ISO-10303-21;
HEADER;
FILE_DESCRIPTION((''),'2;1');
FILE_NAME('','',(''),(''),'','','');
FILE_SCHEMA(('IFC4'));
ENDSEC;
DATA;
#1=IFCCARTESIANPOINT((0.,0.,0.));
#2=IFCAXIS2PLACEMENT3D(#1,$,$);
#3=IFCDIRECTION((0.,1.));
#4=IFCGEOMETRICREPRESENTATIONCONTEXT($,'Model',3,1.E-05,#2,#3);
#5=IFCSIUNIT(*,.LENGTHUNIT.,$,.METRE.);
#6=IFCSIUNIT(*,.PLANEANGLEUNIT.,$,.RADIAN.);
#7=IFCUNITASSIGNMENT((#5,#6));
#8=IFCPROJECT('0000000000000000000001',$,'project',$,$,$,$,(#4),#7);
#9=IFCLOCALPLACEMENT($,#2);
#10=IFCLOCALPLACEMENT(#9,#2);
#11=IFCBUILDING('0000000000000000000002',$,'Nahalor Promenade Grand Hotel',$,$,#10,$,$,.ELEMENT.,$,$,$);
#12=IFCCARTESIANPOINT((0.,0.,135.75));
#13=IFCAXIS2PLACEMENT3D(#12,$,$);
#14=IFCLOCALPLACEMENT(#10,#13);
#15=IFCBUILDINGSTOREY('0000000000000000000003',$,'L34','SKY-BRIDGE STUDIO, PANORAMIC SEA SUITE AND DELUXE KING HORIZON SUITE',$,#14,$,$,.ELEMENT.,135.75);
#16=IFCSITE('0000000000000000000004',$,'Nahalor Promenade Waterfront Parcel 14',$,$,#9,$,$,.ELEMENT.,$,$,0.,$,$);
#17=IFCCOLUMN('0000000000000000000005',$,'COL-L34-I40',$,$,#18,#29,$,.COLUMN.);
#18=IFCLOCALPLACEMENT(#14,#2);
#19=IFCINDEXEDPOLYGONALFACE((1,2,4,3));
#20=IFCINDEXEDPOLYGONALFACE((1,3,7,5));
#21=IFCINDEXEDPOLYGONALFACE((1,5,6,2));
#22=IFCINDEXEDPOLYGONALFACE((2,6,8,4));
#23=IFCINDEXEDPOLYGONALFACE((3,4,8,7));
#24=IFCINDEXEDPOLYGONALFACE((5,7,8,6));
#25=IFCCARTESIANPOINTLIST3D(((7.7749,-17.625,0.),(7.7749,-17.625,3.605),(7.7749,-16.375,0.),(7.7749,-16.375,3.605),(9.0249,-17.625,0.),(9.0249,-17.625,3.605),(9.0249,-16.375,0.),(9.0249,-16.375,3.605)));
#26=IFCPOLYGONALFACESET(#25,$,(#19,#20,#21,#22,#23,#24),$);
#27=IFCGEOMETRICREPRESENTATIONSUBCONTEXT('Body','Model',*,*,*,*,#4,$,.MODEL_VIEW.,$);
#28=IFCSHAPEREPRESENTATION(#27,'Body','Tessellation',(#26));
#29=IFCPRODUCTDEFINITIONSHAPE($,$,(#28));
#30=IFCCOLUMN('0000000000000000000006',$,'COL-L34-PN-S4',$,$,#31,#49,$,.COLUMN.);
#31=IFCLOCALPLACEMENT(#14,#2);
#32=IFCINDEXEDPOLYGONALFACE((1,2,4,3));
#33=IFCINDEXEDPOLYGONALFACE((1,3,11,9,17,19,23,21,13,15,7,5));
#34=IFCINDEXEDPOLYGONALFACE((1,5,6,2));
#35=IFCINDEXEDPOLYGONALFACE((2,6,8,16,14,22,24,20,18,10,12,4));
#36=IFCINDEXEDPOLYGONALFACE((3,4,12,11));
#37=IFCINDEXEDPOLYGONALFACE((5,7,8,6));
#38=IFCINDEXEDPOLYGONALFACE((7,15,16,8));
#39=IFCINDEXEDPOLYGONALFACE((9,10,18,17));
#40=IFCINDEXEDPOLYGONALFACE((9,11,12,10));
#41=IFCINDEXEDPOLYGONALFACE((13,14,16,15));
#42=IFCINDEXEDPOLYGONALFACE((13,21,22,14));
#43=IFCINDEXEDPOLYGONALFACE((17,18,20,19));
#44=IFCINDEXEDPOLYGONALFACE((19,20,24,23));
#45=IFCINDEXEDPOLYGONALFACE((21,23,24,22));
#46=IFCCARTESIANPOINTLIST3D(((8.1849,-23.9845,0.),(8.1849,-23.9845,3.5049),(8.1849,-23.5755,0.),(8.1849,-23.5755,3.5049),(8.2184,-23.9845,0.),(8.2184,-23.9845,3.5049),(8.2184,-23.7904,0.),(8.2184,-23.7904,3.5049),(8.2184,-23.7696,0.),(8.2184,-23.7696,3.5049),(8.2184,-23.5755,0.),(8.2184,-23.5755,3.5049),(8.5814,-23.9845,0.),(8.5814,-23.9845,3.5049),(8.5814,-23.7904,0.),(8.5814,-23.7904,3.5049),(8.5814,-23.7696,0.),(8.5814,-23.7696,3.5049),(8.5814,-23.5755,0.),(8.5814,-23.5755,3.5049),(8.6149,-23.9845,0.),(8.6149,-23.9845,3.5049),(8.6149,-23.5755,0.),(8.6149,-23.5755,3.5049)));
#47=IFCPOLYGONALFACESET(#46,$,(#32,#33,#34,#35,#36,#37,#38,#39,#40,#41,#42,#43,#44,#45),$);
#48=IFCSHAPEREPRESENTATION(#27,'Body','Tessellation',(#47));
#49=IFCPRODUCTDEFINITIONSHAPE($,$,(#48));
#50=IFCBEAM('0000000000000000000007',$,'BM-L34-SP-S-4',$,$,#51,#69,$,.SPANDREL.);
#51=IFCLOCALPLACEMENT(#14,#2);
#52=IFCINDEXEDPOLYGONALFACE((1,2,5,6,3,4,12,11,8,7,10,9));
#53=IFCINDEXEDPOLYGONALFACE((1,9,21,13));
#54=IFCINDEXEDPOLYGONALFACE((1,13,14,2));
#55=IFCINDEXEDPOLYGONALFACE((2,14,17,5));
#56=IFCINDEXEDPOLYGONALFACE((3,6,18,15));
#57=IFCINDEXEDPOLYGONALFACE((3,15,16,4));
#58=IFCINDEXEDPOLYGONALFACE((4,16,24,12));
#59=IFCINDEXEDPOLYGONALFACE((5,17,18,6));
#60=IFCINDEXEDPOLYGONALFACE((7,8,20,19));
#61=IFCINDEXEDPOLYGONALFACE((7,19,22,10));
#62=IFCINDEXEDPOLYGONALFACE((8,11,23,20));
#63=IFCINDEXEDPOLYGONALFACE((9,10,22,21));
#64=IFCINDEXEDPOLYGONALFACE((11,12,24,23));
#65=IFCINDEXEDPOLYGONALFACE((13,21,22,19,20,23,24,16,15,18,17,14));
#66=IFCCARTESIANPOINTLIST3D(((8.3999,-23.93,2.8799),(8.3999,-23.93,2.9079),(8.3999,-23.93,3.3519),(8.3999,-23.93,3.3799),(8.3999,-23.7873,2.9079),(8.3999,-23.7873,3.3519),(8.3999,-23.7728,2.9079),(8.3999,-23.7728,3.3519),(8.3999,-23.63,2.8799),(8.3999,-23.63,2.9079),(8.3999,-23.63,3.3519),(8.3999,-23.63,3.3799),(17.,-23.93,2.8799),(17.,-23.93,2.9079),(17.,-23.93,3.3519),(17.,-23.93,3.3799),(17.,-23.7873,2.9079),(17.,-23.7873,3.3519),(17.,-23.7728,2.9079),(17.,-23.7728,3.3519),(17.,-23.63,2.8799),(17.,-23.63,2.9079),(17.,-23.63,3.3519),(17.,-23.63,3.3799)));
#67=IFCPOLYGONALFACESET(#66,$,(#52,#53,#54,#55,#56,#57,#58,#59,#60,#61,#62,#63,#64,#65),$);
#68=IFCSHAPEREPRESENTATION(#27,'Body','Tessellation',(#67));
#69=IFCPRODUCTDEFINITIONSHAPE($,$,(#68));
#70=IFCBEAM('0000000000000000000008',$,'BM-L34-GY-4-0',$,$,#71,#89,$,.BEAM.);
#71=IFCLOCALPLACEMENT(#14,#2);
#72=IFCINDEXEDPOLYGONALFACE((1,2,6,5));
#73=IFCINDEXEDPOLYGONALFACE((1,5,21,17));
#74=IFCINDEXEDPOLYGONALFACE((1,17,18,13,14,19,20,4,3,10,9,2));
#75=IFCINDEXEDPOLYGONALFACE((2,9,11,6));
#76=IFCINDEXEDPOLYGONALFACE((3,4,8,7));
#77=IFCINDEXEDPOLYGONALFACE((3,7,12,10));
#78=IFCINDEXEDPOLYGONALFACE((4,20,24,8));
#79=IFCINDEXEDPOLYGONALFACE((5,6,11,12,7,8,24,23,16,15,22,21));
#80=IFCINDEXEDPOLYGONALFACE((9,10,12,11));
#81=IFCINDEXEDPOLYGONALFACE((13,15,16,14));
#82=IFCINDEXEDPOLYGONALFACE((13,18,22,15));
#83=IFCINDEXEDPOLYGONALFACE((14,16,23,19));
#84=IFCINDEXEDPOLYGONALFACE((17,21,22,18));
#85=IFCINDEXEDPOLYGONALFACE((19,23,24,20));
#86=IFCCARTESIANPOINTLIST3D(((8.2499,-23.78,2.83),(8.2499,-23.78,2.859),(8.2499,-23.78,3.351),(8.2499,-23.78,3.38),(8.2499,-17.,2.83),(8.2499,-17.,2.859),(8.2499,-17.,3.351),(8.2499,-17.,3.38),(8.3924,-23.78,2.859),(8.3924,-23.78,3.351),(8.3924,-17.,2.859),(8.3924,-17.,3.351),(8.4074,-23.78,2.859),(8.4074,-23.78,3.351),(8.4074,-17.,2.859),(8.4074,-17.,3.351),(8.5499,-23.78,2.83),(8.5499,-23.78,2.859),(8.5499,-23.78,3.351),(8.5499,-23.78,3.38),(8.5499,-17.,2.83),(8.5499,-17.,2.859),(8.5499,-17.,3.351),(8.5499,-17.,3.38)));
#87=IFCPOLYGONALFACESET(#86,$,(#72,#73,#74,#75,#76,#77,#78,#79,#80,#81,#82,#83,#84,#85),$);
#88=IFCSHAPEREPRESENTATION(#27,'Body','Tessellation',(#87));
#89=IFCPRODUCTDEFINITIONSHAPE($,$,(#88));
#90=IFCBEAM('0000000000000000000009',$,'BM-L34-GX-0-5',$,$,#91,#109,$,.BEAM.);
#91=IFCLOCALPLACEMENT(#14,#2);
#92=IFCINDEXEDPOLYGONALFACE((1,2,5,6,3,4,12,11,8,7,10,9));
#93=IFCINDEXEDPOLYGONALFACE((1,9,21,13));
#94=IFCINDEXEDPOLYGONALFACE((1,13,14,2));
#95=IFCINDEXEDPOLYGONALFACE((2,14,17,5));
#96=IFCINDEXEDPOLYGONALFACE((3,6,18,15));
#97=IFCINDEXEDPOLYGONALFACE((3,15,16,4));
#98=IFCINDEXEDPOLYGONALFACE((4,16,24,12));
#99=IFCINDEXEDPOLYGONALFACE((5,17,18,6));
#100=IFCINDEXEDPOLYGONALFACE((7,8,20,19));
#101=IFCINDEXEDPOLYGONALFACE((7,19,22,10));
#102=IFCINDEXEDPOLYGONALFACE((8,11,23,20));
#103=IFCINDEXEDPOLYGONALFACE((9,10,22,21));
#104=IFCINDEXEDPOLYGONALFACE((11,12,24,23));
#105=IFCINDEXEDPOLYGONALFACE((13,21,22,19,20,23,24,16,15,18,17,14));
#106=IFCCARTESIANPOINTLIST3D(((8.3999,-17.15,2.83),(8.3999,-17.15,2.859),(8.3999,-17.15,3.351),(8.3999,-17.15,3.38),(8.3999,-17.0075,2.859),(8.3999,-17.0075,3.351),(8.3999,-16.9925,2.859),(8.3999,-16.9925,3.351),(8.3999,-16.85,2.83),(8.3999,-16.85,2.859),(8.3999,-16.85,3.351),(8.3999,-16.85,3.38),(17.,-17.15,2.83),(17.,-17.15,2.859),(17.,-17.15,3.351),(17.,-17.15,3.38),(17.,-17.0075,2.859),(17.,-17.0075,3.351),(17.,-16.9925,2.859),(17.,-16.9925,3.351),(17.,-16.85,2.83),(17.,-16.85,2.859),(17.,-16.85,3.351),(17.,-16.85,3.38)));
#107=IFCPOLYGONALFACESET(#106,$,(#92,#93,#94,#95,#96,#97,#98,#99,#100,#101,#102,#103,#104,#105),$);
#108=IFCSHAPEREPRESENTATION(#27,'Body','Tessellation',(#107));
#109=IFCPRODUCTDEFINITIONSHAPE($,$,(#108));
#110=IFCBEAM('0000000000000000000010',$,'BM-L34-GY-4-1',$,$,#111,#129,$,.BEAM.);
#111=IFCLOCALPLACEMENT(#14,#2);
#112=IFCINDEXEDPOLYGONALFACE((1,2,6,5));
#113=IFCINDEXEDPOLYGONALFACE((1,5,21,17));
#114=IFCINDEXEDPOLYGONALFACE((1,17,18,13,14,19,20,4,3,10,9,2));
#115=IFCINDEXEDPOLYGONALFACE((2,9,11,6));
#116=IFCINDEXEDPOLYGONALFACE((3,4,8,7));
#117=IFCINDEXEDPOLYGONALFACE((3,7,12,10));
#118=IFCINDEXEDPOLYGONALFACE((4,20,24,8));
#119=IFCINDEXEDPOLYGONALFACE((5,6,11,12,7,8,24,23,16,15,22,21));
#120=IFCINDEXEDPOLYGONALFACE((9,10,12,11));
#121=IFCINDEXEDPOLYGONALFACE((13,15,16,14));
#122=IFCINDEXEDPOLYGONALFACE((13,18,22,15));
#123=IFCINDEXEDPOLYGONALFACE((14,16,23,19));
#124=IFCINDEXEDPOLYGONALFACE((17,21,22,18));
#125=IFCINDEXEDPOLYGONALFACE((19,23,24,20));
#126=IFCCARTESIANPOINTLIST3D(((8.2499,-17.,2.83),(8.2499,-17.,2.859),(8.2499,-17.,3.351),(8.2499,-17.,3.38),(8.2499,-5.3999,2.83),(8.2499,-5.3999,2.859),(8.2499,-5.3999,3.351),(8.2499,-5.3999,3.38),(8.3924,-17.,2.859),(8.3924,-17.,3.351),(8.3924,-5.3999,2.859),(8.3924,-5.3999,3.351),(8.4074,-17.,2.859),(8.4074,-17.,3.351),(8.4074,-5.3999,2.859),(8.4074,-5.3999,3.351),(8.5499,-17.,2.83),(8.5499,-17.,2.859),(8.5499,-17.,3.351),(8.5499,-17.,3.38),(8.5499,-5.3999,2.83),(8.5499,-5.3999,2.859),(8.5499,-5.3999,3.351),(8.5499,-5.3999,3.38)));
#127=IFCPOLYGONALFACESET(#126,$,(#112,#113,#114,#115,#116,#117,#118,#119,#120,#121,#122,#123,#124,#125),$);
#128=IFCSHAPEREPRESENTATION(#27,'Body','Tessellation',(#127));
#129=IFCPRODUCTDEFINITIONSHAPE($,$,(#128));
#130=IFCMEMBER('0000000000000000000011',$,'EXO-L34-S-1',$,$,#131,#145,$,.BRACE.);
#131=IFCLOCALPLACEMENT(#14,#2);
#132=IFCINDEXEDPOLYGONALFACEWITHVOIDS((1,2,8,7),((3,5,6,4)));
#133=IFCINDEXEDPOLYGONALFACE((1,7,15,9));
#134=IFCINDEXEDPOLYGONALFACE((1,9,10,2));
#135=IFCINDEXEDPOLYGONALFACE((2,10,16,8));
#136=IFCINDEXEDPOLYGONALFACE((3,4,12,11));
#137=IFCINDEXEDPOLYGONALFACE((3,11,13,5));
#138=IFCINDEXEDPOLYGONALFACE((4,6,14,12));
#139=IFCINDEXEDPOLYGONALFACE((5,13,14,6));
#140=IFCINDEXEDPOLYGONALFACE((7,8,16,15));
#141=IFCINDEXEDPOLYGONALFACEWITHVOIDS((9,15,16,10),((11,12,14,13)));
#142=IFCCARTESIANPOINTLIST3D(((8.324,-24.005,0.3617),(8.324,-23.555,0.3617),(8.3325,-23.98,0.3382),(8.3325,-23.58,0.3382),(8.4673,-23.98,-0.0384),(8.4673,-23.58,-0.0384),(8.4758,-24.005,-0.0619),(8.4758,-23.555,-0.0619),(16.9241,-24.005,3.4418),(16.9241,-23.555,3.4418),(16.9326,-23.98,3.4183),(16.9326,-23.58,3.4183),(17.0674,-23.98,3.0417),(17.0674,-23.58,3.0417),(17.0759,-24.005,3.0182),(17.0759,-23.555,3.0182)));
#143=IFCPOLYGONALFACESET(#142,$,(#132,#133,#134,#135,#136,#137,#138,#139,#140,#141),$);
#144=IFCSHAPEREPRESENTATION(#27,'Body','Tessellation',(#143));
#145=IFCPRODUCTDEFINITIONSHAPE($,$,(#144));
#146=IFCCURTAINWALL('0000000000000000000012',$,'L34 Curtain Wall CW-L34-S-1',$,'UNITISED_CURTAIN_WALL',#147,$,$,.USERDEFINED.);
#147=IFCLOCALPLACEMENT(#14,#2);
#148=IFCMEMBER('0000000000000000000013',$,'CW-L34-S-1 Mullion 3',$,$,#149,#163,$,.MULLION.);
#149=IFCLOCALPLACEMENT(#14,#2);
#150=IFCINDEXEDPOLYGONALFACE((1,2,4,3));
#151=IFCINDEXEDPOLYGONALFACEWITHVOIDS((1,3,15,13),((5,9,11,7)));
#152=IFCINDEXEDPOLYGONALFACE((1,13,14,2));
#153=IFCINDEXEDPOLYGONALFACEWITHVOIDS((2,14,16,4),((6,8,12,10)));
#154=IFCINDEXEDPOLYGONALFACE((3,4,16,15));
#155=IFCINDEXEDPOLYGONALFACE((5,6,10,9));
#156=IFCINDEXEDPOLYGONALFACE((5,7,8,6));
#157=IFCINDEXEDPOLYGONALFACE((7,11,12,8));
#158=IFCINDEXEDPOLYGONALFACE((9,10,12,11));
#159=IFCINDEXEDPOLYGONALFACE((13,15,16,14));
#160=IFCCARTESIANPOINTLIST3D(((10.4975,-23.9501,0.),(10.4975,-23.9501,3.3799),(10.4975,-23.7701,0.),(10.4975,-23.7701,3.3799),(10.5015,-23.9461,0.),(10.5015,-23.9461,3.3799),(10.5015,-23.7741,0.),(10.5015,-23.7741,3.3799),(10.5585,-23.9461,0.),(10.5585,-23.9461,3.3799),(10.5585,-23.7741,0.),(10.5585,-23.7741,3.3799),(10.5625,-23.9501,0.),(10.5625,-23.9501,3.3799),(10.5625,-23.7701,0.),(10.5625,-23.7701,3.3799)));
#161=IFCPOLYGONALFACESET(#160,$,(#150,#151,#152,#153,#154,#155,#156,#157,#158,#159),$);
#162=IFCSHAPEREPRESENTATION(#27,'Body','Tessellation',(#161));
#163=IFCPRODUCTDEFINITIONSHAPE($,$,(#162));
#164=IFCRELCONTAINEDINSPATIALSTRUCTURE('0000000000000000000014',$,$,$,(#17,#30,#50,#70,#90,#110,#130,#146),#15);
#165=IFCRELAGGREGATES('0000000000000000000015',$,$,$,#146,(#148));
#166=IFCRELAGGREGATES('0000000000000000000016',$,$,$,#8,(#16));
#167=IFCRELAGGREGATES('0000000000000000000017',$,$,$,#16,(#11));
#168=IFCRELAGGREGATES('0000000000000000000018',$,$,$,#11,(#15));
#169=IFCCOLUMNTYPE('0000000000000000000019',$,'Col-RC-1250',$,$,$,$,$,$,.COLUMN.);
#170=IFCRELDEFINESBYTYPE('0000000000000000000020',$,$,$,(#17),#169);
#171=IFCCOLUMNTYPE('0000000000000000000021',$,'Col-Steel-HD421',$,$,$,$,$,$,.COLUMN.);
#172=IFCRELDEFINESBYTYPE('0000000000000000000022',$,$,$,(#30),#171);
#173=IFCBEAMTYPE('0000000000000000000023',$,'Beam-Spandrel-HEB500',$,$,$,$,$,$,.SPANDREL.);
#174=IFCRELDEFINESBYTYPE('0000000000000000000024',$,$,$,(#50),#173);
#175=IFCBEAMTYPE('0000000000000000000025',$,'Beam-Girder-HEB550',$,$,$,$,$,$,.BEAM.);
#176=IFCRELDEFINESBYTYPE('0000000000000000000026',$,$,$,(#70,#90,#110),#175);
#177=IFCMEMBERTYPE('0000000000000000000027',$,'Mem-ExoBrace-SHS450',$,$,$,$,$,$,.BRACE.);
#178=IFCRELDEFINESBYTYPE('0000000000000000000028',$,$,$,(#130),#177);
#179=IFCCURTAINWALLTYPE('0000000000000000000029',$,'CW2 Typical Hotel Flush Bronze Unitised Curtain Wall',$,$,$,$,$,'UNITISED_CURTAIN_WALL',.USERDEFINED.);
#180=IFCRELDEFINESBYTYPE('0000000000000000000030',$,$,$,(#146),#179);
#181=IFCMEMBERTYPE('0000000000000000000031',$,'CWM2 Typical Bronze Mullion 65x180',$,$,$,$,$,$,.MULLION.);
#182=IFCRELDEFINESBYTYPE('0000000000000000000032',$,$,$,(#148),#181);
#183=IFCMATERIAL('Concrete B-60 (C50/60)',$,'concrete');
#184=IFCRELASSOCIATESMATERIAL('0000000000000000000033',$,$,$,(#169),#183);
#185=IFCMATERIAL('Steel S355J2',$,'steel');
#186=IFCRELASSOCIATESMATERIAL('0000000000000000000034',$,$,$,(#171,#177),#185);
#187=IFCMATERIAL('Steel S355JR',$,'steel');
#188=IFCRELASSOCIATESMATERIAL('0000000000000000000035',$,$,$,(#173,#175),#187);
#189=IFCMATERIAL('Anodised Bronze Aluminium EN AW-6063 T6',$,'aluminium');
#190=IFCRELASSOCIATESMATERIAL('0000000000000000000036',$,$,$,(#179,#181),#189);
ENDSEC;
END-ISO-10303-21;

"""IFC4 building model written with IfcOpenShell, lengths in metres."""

from ifc_helpers import new_model, si_unit, direction, frame, origin, origin_2d, place, context, subcontext, project, spatial, rectangle, hollow_rectangle, i_section, extrude, source, transform, mapped, material, material_profile, profile_set, type_object, element, aggregate, save


model = new_model("IFC4")

# Units and contexts
model_context = context("Model", 3, precision=1e-05, world=origin(), true_north=direction((0.0, 1.0)))
body_context = subcontext(model_context, "Body", "Model", "MODEL_VIEW")
ifc_project = project(units=[si_unit("LENGTHUNIT", "METRE"), si_unit("PLANEANGLEUNIT", "RADIAN")], contexts=[model_context])

# Site, building, storey
site_placement = place(None, origin())
site = spatial("IfcSite", under=ifc_project, at=site_placement, Name="Nahalor Promenade Waterfront Parcel 14", CompositionType="ELEMENT", RefElevation=0.0)
building_placement = place(site_placement, origin())
building = spatial("IfcBuilding", under=site, at=building_placement, Name="Nahalor Promenade Grand Hotel", CompositionType="ELEMENT")
storey_placement = place(building_placement, frame((0.0, 0.0, 135.75)))
storey = spatial("IfcBuildingStorey", under=building, at=storey_placement, Name="L34", Description="SKY-BRIDGE STUDIO, PANORAMIC SEA SUITE AND DELUXE KING HORIZON SUITE", CompositionType="ELEMENT", Elevation=135.75)

# Columns
ifc_material_1 = material(Name="Concrete B-60 (C50/60)", Category="concrete")
ifc_material_profile_1 = material_profile(ifc_material_1, rectangle(XDim=1.25, YDim=1.25, at=origin_2d()), Name="RC 1250x1250")
ifc_profile_set_1 = profile_set([ifc_material_profile_1], Name="Concrete B-60 (C50/60)")
column_type_1 = type_object("IfcColumnType", Name="Col-RC-1250", PredefinedType="COLUMN", material=ifc_profile_set_1)
shared_shape_1 = source(origin(), body_context, "Body", "SweptSolid", [
    extrude(rectangle(XDim=1.25, YDim=1.25, at=origin_2d()), origin(), (0.0, 0.0, 1.0), 3.605),
])
column_1_placement = place(storey_placement, frame((8.3999, -17.0, 0.0), z_axis=(0.0, 0.0, 1.0), x_axis=(1.0, 0.0, 0.0)))
element("IfcColumn", 1, at=column_1_placement, inside=storey, type_object=column_type_1, Name="COL-L34-I40", PredefinedType="COLUMN", context=body_context, shape_type="MappedRepresentation", body=[
    mapped(shared_shape_1, transform((0.0, 0.0, 0.0), scale=1.0)),
])
ifc_material_2 = material(Name="Steel S355J2", Category="steel")
ifc_material_profile_2 = material_profile(ifc_material_2, i_section(OverallWidth=0.409, OverallDepth=0.43, WebThickness=0.0208, FlangeThickness=0.0335, at=origin_2d()), Name="HD 400x421")
ifc_profile_set_2 = profile_set([ifc_material_profile_2], Name="Steel S355J2")
column_type_2 = type_object("IfcColumnType", Name="Col-Steel-HD421", PredefinedType="COLUMN", material=ifc_profile_set_2)
shared_shape_2 = source(origin(), body_context, "Body", "SweptSolid", [
    extrude(i_section(OverallWidth=0.409, OverallDepth=0.43, WebThickness=0.0208, FlangeThickness=0.0335, at=origin_2d()), origin(), (0.0, 0.0, 1.0), 3.5049),
])
column_2_placement = place(storey_placement, frame((8.3999, -23.78, 0.0), z_axis=(0.0, 0.0, 1.0), x_axis=(0.0, 1.0, 0.0)))
element("IfcColumn", 2, at=column_2_placement, inside=storey, type_object=column_type_2, Name="COL-L34-PN-S4", PredefinedType="COLUMN", context=body_context, shape_type="MappedRepresentation", body=[
    mapped(shared_shape_2, transform((0.0, 0.0, 0.0), scale=1.0)),
])

# Beams
ifc_material_3 = material(Name="Steel S355JR", Category="steel")
ifc_material_profile_3 = material_profile(ifc_material_3, i_section(OverallWidth=0.3, OverallDepth=0.5, WebThickness=0.0145, FlangeThickness=0.028, at=origin_2d()), Name="HEB 500")
ifc_profile_set_3 = profile_set([ifc_material_profile_3], Name="Steel S355JR")
beam_type_1 = type_object("IfcBeamType", Name="Beam-Spandrel-HEB500", PredefinedType="SPANDREL", material=ifc_profile_set_3)
shared_shape_3 = source(origin(), body_context, "Body", "SweptSolid", [
    extrude(i_section(OverallWidth=0.3, OverallDepth=0.5, WebThickness=0.0145, FlangeThickness=0.028, at=origin_2d()), origin(), (0.0, 0.0, 1.0), 8.6001),
])
beam_1_placement = place(storey_placement, frame((8.3999, -23.78, 3.1299), z_axis=(1.0, 0.0, 0.0), x_axis=(0.0, 1.0, 0.0)))
element("IfcBeam", 3, at=beam_1_placement, inside=storey, type_object=beam_type_1, Name="BM-L34-SP-S-4", PredefinedType="SPANDREL", context=body_context, shape_type="MappedRepresentation", body=[
    mapped(shared_shape_3, transform((0.0, 0.0, 0.0), scale=1.0)),
])
ifc_material_profile_4 = material_profile(ifc_material_3, i_section(OverallWidth=0.3, OverallDepth=0.55, WebThickness=0.015, FlangeThickness=0.029, at=origin_2d()), Name="HEB 550")
ifc_profile_set_4 = profile_set([ifc_material_profile_4], Name="Steel S355JR")
beam_type_2 = type_object("IfcBeamType", Name="Beam-Girder-HEB550", PredefinedType="BEAM", material=ifc_profile_set_4)
shared_shape_4 = source(origin(), body_context, "Body", "SweptSolid", [
    extrude(i_section(OverallWidth=0.3, OverallDepth=0.55, WebThickness=0.015, FlangeThickness=0.029, at=origin_2d()), origin(), (0.0, 0.0, 1.0), 6.78),
])
beam_2_placement = place(storey_placement, frame((8.3999, -23.78, 3.105), z_axis=(0.0, 1.0, 0.0), x_axis=(-1.0, 0.0, 0.0)))
element("IfcBeam", 4, at=beam_2_placement, inside=storey, type_object=beam_type_2, Name="BM-L34-GY-4-0", PredefinedType="BEAM", context=body_context, shape_type="MappedRepresentation", body=[
    mapped(shared_shape_4, transform((0.0, 0.0, 0.0), scale=1.0)),
])
shared_shape_5 = source(origin(), body_context, "Body", "SweptSolid", [
    extrude(i_section(OverallWidth=0.3, OverallDepth=0.55, WebThickness=0.015, FlangeThickness=0.029, at=origin_2d()), origin(), (0.0, 0.0, 1.0), 8.6001),
])
beam_3_placement = place(storey_placement, frame((8.3999, -17.0, 3.105), z_axis=(1.0, 0.0, 0.0), x_axis=(0.0, 1.0, 0.0)))
element("IfcBeam", 5, at=beam_3_placement, inside=storey, type_object=beam_type_2, Name="BM-L34-GX-0-5", PredefinedType="BEAM", context=body_context, shape_type="MappedRepresentation", body=[
    mapped(shared_shape_5, transform((0.0, 0.0, 0.0), scale=1.0)),
])
shared_shape_6 = source(origin(), body_context, "Body", "SweptSolid", [
    extrude(i_section(OverallWidth=0.3, OverallDepth=0.55, WebThickness=0.015, FlangeThickness=0.029, at=origin_2d()), origin(), (0.0, 0.0, 1.0), 11.6001),
])
beam_4_placement = place(storey_placement, frame((8.3999, -17.0, 3.105), z_axis=(0.0, 1.0, 0.0), x_axis=(-1.0, 0.0, 0.0)))
element("IfcBeam", 6, at=beam_4_placement, inside=storey, type_object=beam_type_2, Name="BM-L34-GY-4-1", PredefinedType="BEAM", context=body_context, shape_type="MappedRepresentation", body=[
    mapped(shared_shape_6, transform((0.0, 0.0, 0.0), scale=1.0)),
])

# Member
ifc_material_profile_5 = material_profile(ifc_material_2, hollow_rectangle(XDim=0.45, YDim=0.45, WallThickness=0.025, at=origin_2d()), Name="SHS 450x450x25")
ifc_profile_set_5 = profile_set([ifc_material_profile_5], Name="Steel S355J2")
member_type_1 = type_object("IfcMemberType", Name="Mem-ExoBrace-SHS450", PredefinedType="BRACE", material=ifc_profile_set_5)
shared_shape_7 = source(origin(), body_context, "Body", "SweptSolid", [
    extrude(hollow_rectangle(XDim=0.45, YDim=0.45, WallThickness=0.025, at=origin_2d()), origin(), (0.0, 0.0, 1.0), 9.135),
])
member_1_placement = place(storey_placement, frame((8.3999, -23.78, 0.1499), z_axis=(0.941443, 0.0, 0.337173), x_axis=(0.0, 1.0, 0.0)))
element("IfcMember", 7, at=member_1_placement, inside=storey, type_object=member_type_1, Name="EXO-L34-S-1", PredefinedType="BRACE", context=body_context, shape_type="MappedRepresentation", body=[
    mapped(shared_shape_7, transform((0.0, 0.0, 0.0), scale=1.0)),
])

# Curtain wall, member
ifc_material_4 = material(Name="Anodised Bronze Aluminium EN AW-6063 T6", Category="aluminium")
curtain_wall_type = type_object("IfcCurtainWallType", Name="CW2 Typical Hotel Flush Bronze Unitised Curtain Wall", ElementType="UNITISED_CURTAIN_WALL", PredefinedType="USERDEFINED", material=ifc_material_4)
curtain_wall_placement = place(storey_placement, origin())
curtain_wall = element("IfcCurtainWall", 8, at=curtain_wall_placement, inside=storey, type_object=curtain_wall_type, Name="L34 Curtain Wall CW-L34-S-1", ObjectType="UNITISED_CURTAIN_WALL", PredefinedType="USERDEFINED")
ifc_material_profile_6 = material_profile(ifc_material_4, hollow_rectangle(XDim=0.065, YDim=0.18, WallThickness=0.004, at=origin_2d()), Name="CWM 65x180x4")
ifc_profile_set_6 = profile_set([ifc_material_profile_6], Name="Anodised Bronze Aluminium EN AW-6063 T6")
member_type_2 = type_object("IfcMemberType", Name="CWM2 Typical Bronze Mullion 65x180", PredefinedType="MULLION", material=ifc_profile_set_6)
shared_shape_8 = source(origin(), body_context, "Body", "SweptSolid", [
    extrude(hollow_rectangle(XDim=0.065, YDim=0.18, WallThickness=0.004, at=origin_2d()), origin(), (0.0, 0.0, 1.0), 3.3799),
])
member_2_placement = place(storey_placement, frame((10.53, -23.8601, 0.0), z_axis=(0.0, 0.0, 1.0), x_axis=(1.0, 0.0, 0.0)))
member_2 = element("IfcMember", 9, at=member_2_placement, type_object=member_type_2, Name="CW-L34-S-1 Mullion 3", PredefinedType="MULLION", context=body_context, shape_type="MappedRepresentation", body=[
    mapped(shared_shape_8, transform((0.0, 0.0, 0.0), scale=1.0)),
])
aggregate(curtain_wall, [member_2])

save(model, "model.ifc")
